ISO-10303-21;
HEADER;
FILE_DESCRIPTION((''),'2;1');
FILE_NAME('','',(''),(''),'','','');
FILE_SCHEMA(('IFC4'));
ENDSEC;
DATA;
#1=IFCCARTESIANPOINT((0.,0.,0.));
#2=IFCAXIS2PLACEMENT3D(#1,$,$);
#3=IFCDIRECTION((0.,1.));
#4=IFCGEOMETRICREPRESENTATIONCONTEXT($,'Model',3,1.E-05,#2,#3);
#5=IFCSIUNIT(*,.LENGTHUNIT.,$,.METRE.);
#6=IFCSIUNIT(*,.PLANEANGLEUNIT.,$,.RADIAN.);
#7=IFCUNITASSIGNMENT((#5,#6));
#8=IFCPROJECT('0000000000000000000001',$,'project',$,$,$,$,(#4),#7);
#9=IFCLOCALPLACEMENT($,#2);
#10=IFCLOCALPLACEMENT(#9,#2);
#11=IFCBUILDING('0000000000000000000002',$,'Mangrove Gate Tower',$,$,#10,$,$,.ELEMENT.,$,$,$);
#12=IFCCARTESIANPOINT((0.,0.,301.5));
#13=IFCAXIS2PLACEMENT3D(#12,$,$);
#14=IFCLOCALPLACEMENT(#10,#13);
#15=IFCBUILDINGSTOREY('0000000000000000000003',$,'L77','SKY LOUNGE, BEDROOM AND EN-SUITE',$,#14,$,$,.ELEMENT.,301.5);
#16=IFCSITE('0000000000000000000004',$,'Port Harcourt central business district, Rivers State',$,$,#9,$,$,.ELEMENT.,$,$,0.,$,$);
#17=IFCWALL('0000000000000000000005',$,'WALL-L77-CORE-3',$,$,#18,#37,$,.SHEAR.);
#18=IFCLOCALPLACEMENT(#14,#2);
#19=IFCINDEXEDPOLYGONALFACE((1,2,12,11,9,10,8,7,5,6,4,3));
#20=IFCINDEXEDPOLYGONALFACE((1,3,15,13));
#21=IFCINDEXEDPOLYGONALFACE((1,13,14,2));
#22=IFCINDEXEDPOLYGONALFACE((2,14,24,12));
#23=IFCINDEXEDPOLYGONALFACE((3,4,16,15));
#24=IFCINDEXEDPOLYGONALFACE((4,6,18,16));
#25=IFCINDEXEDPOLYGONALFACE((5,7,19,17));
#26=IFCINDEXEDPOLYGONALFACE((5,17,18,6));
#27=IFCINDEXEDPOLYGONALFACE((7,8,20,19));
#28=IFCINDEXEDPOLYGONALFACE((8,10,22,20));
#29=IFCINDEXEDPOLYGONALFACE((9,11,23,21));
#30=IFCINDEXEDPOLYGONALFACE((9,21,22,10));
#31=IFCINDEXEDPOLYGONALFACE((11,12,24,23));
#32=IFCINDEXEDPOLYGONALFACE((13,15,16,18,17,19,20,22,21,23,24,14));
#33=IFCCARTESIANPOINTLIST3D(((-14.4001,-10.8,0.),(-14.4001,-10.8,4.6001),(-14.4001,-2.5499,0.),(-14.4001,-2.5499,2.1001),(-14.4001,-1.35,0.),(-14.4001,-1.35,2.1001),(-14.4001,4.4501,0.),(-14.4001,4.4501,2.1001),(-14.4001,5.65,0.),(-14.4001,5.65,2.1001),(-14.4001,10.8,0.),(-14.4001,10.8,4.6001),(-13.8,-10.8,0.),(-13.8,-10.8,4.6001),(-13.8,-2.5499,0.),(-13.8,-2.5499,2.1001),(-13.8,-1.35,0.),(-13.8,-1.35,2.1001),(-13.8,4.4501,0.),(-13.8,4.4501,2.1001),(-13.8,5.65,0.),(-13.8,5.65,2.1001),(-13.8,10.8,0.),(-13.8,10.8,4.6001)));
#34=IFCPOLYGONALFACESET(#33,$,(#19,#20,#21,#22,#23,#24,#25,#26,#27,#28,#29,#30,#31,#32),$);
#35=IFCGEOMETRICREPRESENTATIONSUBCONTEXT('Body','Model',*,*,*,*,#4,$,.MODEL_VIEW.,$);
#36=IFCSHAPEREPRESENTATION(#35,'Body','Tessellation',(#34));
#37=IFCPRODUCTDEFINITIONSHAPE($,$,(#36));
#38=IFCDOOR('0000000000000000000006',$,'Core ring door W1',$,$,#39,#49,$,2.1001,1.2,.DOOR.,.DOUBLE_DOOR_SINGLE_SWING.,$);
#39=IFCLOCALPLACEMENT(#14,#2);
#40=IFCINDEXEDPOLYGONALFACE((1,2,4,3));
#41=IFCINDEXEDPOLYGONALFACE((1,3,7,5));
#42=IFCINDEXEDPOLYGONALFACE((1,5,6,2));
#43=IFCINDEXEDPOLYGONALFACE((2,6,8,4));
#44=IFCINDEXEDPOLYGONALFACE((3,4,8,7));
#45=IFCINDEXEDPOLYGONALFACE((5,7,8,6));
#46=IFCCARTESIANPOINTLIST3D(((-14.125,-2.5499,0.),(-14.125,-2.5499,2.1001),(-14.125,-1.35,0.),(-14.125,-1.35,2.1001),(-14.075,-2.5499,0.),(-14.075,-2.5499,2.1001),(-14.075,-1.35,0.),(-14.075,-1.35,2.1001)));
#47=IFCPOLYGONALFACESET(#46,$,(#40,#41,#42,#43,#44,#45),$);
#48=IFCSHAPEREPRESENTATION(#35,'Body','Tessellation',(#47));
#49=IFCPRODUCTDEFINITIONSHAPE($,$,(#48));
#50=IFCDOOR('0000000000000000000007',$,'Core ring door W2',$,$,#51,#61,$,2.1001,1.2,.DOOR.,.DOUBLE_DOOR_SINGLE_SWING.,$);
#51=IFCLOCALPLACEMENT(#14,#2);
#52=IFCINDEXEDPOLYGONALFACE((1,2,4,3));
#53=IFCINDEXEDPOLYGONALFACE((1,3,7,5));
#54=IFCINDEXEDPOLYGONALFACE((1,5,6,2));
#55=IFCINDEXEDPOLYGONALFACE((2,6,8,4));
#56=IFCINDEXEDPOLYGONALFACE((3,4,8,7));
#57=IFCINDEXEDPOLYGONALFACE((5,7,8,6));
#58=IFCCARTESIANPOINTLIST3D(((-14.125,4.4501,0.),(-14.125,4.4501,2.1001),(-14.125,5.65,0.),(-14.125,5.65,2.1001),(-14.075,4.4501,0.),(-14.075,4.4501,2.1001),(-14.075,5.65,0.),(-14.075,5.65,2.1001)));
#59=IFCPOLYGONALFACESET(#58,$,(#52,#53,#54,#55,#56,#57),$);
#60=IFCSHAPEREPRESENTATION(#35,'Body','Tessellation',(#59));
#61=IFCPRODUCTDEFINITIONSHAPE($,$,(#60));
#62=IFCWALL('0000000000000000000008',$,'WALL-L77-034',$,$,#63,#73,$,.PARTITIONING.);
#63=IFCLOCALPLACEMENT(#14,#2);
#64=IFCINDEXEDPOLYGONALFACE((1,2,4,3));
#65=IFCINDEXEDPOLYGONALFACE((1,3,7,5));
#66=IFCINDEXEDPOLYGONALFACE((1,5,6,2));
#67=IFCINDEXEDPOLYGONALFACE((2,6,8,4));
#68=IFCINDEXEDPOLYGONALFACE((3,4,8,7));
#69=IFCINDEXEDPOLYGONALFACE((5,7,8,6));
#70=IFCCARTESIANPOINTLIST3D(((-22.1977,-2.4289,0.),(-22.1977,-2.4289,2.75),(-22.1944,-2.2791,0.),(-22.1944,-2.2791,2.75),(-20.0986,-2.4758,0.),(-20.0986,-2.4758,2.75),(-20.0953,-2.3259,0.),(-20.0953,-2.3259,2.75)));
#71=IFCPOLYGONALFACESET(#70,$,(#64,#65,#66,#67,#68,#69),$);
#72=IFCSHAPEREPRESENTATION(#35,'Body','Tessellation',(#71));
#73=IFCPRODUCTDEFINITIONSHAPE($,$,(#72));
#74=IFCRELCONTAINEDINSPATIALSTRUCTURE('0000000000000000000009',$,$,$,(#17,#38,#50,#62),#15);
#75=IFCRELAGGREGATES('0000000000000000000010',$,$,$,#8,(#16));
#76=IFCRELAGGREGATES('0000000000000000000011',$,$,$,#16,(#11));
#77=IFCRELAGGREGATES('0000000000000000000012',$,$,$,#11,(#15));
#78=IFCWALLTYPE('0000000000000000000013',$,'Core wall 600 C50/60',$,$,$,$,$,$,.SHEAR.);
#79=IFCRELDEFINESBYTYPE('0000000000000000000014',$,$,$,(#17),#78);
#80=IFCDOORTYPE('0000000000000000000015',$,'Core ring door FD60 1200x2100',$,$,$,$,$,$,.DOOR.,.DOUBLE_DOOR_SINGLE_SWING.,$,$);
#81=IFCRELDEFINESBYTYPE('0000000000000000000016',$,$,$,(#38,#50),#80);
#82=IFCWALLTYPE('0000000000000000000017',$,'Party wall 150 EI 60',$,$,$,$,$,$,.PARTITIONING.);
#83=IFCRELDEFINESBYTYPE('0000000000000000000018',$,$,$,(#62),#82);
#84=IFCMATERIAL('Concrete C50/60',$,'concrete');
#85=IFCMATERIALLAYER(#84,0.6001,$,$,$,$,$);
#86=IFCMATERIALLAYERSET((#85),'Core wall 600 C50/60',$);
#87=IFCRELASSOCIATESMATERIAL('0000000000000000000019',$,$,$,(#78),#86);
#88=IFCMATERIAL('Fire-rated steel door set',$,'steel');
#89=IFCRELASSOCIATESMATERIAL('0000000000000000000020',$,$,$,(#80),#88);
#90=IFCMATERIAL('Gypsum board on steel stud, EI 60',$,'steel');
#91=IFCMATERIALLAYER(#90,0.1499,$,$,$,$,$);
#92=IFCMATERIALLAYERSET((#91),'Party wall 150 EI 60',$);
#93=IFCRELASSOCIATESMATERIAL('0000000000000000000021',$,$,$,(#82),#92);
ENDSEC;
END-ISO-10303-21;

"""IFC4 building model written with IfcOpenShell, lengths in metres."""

from ifc_helpers import new_model, si_unit, direction, frame, frame_2d, origin, place, context, subcontext, project, spatial, rectangle, extrude, material, layer, layer_set, type_object, element, fill, save


model = new_model("IFC4")

# Units and contexts
model_context = context("Model", 3, precision=1e-05, world=origin(), true_north=direction((0.0, 1.0)))
body_context = subcontext(model_context, "Body", "Model", "MODEL_VIEW")
ifc_project = project(units=[si_unit("LENGTHUNIT", "METRE"), si_unit("PLANEANGLEUNIT", "RADIAN")], contexts=[model_context])

# Site, building, storey
site_placement = place(None, origin())
site = spatial("IfcSite", under=ifc_project, at=site_placement, Name="Port Harcourt central business district, Rivers State", CompositionType="ELEMENT", RefElevation=0.0)
building_placement = place(site_placement, origin())
building = spatial("IfcBuilding", under=site, at=building_placement, Name="Mangrove Gate Tower", CompositionType="ELEMENT")
storey_placement = place(building_placement, frame((0.0, 0.0, 301.5)))
storey = spatial("IfcBuildingStorey", under=building, at=storey_placement, Name="L77", Description="SKY LOUNGE, BEDROOM AND EN-SUITE", CompositionType="ELEMENT", Elevation=301.5)

# Shared definitions
ifc_material_1 = material(Name="Concrete C50/60", Category="concrete")
ifc_layer_1 = layer(ifc_material_1, 0.6001)
ifc_layer_set_1 = layer_set([ifc_layer_1], Name="Core wall 600 C50/60")
wall_type_1 = type_object("IfcWallType", Name="Core wall 600 C50/60", PredefinedType="SHEAR", material=ifc_layer_set_1)

# Wall, openings, doors
wall_1_placement = place(storey_placement, frame((-14.1001, -10.8, 0.0), z_axis=(0.0, 0.0, 1.0), x_axis=(0.0, 1.0, 0.0)))
wall_1 = element("IfcWall", 1, at=wall_1_placement, inside=storey, type_object=wall_type_1, Name="WALL-L77-CORE-3", PredefinedType="SHEAR", context=body_context, shape_type="SweptSolid", body=[
    extrude(rectangle(XDim=21.6001, YDim=0.6001, at=frame_2d((10.8, 0.0))), origin(), (0.0, 0.0, 1.0), 4.6001),
])
opening_1_placement = place(wall_1_placement, frame((8.25, 0.0, 0.0)))
opening_1 = element("IfcOpeningElement", 2, at=opening_1_placement, cuts=wall_1, PredefinedType="OPENING", context=body_context, shape_type="SweptSolid", body=[
    extrude(rectangle(XDim=1.2, YDim=2.1001, at=frame_2d((0.6001, 1.05))), frame((0.0, 0.3101, 0.0), z_axis=(0.0, -1.0, 0.0), x_axis=(1.0, 0.0, 0.0)), (0.0, 0.0, 1.0), 0.6201),
])
opening_2_placement = place(wall_1_placement, frame((15.25, 0.0, 0.0)))
opening_2 = element("IfcOpeningElement", 3, at=opening_2_placement, cuts=wall_1, PredefinedType="OPENING", context=body_context, shape_type="SweptSolid", body=[
    extrude(rectangle(XDim=1.2, YDim=2.1001, at=frame_2d((0.6001, 1.05))), frame((0.0, 0.3101, 0.0), z_axis=(0.0, -1.0, 0.0), x_axis=(1.0, 0.0, 0.0)), (0.0, 0.0, 1.0), 0.6201),
])
ifc_material_2 = material(Name="Fire-rated steel door set", Category="steel")
door_type_1 = type_object("IfcDoorType", Name="Core ring door FD60 1200x2100", OperationType="DOUBLE_DOOR_SINGLE_SWING", PredefinedType="DOOR", material=ifc_material_2)
door_1_placement = place(opening_1_placement, origin())
door_1 = element("IfcDoor", 4, at=door_1_placement, inside=storey, type_object=door_type_1, Name="Core ring door W1", OperationType="DOUBLE_DOOR_SINGLE_SWING", OverallHeight=2.1001, OverallWidth=1.2, PredefinedType="DOOR", context=body_context, shape_type="SweptSolid", body=[
    extrude(rectangle(XDim=1.2, YDim=2.1001, at=frame_2d((0.6001, 1.05))), frame((0.0, 0.0249, 0.0), z_axis=(0.0, -1.0, 0.0), x_axis=(1.0, 0.0, 0.0)), (0.0, 0.0, 1.0), 0.05),
])
fill(opening_1, door_1)
door_2_placement = place(opening_2_placement, origin())
door_2 = element("IfcDoor", 5, at=door_2_placement, inside=storey, type_object=door_type_1, Name="Core ring door W2", OperationType="DOUBLE_DOOR_SINGLE_SWING", OverallHeight=2.1001, OverallWidth=1.2, PredefinedType="DOOR", context=body_context, shape_type="SweptSolid", body=[
    extrude(rectangle(XDim=1.2, YDim=2.1001, at=frame_2d((0.6001, 1.05))), frame((0.0, 0.0249, 0.0), z_axis=(0.0, -1.0, 0.0), x_axis=(1.0, 0.0, 0.0)), (0.0, 0.0, 1.0), 0.05),
])
fill(opening_2, door_2)

# Wall
ifc_material_3 = material(Name="Gypsum board on steel stud, EI 60", Category="steel")
ifc_layer_2 = layer(ifc_material_3, 0.1499)
ifc_layer_set_2 = layer_set([ifc_layer_2], Name="Party wall 150 EI 60")
wall_type_2 = type_object("IfcWallType", Name="Party wall 150 EI 60", PredefinedType="PARTITIONING", material=ifc_layer_set_2)
wall_2_placement = place(storey_placement, frame((-22.196, -2.354, 0.0), z_axis=(0.0, 0.0, 1.0), x_axis=(0.999751, -0.022325, 0.0)))
element("IfcWall", 6, at=wall_2_placement, inside=storey, type_object=wall_type_2, Name="WALL-L77-034", PredefinedType="PARTITIONING", context=body_context, shape_type="SweptSolid", body=[
    extrude(rectangle(XDim=2.0996, YDim=0.1499, at=frame_2d((1.0498, 0.0))), origin(), (0.0, 0.0, 1.0), 2.75),
])

save(model, "model.ifc")
